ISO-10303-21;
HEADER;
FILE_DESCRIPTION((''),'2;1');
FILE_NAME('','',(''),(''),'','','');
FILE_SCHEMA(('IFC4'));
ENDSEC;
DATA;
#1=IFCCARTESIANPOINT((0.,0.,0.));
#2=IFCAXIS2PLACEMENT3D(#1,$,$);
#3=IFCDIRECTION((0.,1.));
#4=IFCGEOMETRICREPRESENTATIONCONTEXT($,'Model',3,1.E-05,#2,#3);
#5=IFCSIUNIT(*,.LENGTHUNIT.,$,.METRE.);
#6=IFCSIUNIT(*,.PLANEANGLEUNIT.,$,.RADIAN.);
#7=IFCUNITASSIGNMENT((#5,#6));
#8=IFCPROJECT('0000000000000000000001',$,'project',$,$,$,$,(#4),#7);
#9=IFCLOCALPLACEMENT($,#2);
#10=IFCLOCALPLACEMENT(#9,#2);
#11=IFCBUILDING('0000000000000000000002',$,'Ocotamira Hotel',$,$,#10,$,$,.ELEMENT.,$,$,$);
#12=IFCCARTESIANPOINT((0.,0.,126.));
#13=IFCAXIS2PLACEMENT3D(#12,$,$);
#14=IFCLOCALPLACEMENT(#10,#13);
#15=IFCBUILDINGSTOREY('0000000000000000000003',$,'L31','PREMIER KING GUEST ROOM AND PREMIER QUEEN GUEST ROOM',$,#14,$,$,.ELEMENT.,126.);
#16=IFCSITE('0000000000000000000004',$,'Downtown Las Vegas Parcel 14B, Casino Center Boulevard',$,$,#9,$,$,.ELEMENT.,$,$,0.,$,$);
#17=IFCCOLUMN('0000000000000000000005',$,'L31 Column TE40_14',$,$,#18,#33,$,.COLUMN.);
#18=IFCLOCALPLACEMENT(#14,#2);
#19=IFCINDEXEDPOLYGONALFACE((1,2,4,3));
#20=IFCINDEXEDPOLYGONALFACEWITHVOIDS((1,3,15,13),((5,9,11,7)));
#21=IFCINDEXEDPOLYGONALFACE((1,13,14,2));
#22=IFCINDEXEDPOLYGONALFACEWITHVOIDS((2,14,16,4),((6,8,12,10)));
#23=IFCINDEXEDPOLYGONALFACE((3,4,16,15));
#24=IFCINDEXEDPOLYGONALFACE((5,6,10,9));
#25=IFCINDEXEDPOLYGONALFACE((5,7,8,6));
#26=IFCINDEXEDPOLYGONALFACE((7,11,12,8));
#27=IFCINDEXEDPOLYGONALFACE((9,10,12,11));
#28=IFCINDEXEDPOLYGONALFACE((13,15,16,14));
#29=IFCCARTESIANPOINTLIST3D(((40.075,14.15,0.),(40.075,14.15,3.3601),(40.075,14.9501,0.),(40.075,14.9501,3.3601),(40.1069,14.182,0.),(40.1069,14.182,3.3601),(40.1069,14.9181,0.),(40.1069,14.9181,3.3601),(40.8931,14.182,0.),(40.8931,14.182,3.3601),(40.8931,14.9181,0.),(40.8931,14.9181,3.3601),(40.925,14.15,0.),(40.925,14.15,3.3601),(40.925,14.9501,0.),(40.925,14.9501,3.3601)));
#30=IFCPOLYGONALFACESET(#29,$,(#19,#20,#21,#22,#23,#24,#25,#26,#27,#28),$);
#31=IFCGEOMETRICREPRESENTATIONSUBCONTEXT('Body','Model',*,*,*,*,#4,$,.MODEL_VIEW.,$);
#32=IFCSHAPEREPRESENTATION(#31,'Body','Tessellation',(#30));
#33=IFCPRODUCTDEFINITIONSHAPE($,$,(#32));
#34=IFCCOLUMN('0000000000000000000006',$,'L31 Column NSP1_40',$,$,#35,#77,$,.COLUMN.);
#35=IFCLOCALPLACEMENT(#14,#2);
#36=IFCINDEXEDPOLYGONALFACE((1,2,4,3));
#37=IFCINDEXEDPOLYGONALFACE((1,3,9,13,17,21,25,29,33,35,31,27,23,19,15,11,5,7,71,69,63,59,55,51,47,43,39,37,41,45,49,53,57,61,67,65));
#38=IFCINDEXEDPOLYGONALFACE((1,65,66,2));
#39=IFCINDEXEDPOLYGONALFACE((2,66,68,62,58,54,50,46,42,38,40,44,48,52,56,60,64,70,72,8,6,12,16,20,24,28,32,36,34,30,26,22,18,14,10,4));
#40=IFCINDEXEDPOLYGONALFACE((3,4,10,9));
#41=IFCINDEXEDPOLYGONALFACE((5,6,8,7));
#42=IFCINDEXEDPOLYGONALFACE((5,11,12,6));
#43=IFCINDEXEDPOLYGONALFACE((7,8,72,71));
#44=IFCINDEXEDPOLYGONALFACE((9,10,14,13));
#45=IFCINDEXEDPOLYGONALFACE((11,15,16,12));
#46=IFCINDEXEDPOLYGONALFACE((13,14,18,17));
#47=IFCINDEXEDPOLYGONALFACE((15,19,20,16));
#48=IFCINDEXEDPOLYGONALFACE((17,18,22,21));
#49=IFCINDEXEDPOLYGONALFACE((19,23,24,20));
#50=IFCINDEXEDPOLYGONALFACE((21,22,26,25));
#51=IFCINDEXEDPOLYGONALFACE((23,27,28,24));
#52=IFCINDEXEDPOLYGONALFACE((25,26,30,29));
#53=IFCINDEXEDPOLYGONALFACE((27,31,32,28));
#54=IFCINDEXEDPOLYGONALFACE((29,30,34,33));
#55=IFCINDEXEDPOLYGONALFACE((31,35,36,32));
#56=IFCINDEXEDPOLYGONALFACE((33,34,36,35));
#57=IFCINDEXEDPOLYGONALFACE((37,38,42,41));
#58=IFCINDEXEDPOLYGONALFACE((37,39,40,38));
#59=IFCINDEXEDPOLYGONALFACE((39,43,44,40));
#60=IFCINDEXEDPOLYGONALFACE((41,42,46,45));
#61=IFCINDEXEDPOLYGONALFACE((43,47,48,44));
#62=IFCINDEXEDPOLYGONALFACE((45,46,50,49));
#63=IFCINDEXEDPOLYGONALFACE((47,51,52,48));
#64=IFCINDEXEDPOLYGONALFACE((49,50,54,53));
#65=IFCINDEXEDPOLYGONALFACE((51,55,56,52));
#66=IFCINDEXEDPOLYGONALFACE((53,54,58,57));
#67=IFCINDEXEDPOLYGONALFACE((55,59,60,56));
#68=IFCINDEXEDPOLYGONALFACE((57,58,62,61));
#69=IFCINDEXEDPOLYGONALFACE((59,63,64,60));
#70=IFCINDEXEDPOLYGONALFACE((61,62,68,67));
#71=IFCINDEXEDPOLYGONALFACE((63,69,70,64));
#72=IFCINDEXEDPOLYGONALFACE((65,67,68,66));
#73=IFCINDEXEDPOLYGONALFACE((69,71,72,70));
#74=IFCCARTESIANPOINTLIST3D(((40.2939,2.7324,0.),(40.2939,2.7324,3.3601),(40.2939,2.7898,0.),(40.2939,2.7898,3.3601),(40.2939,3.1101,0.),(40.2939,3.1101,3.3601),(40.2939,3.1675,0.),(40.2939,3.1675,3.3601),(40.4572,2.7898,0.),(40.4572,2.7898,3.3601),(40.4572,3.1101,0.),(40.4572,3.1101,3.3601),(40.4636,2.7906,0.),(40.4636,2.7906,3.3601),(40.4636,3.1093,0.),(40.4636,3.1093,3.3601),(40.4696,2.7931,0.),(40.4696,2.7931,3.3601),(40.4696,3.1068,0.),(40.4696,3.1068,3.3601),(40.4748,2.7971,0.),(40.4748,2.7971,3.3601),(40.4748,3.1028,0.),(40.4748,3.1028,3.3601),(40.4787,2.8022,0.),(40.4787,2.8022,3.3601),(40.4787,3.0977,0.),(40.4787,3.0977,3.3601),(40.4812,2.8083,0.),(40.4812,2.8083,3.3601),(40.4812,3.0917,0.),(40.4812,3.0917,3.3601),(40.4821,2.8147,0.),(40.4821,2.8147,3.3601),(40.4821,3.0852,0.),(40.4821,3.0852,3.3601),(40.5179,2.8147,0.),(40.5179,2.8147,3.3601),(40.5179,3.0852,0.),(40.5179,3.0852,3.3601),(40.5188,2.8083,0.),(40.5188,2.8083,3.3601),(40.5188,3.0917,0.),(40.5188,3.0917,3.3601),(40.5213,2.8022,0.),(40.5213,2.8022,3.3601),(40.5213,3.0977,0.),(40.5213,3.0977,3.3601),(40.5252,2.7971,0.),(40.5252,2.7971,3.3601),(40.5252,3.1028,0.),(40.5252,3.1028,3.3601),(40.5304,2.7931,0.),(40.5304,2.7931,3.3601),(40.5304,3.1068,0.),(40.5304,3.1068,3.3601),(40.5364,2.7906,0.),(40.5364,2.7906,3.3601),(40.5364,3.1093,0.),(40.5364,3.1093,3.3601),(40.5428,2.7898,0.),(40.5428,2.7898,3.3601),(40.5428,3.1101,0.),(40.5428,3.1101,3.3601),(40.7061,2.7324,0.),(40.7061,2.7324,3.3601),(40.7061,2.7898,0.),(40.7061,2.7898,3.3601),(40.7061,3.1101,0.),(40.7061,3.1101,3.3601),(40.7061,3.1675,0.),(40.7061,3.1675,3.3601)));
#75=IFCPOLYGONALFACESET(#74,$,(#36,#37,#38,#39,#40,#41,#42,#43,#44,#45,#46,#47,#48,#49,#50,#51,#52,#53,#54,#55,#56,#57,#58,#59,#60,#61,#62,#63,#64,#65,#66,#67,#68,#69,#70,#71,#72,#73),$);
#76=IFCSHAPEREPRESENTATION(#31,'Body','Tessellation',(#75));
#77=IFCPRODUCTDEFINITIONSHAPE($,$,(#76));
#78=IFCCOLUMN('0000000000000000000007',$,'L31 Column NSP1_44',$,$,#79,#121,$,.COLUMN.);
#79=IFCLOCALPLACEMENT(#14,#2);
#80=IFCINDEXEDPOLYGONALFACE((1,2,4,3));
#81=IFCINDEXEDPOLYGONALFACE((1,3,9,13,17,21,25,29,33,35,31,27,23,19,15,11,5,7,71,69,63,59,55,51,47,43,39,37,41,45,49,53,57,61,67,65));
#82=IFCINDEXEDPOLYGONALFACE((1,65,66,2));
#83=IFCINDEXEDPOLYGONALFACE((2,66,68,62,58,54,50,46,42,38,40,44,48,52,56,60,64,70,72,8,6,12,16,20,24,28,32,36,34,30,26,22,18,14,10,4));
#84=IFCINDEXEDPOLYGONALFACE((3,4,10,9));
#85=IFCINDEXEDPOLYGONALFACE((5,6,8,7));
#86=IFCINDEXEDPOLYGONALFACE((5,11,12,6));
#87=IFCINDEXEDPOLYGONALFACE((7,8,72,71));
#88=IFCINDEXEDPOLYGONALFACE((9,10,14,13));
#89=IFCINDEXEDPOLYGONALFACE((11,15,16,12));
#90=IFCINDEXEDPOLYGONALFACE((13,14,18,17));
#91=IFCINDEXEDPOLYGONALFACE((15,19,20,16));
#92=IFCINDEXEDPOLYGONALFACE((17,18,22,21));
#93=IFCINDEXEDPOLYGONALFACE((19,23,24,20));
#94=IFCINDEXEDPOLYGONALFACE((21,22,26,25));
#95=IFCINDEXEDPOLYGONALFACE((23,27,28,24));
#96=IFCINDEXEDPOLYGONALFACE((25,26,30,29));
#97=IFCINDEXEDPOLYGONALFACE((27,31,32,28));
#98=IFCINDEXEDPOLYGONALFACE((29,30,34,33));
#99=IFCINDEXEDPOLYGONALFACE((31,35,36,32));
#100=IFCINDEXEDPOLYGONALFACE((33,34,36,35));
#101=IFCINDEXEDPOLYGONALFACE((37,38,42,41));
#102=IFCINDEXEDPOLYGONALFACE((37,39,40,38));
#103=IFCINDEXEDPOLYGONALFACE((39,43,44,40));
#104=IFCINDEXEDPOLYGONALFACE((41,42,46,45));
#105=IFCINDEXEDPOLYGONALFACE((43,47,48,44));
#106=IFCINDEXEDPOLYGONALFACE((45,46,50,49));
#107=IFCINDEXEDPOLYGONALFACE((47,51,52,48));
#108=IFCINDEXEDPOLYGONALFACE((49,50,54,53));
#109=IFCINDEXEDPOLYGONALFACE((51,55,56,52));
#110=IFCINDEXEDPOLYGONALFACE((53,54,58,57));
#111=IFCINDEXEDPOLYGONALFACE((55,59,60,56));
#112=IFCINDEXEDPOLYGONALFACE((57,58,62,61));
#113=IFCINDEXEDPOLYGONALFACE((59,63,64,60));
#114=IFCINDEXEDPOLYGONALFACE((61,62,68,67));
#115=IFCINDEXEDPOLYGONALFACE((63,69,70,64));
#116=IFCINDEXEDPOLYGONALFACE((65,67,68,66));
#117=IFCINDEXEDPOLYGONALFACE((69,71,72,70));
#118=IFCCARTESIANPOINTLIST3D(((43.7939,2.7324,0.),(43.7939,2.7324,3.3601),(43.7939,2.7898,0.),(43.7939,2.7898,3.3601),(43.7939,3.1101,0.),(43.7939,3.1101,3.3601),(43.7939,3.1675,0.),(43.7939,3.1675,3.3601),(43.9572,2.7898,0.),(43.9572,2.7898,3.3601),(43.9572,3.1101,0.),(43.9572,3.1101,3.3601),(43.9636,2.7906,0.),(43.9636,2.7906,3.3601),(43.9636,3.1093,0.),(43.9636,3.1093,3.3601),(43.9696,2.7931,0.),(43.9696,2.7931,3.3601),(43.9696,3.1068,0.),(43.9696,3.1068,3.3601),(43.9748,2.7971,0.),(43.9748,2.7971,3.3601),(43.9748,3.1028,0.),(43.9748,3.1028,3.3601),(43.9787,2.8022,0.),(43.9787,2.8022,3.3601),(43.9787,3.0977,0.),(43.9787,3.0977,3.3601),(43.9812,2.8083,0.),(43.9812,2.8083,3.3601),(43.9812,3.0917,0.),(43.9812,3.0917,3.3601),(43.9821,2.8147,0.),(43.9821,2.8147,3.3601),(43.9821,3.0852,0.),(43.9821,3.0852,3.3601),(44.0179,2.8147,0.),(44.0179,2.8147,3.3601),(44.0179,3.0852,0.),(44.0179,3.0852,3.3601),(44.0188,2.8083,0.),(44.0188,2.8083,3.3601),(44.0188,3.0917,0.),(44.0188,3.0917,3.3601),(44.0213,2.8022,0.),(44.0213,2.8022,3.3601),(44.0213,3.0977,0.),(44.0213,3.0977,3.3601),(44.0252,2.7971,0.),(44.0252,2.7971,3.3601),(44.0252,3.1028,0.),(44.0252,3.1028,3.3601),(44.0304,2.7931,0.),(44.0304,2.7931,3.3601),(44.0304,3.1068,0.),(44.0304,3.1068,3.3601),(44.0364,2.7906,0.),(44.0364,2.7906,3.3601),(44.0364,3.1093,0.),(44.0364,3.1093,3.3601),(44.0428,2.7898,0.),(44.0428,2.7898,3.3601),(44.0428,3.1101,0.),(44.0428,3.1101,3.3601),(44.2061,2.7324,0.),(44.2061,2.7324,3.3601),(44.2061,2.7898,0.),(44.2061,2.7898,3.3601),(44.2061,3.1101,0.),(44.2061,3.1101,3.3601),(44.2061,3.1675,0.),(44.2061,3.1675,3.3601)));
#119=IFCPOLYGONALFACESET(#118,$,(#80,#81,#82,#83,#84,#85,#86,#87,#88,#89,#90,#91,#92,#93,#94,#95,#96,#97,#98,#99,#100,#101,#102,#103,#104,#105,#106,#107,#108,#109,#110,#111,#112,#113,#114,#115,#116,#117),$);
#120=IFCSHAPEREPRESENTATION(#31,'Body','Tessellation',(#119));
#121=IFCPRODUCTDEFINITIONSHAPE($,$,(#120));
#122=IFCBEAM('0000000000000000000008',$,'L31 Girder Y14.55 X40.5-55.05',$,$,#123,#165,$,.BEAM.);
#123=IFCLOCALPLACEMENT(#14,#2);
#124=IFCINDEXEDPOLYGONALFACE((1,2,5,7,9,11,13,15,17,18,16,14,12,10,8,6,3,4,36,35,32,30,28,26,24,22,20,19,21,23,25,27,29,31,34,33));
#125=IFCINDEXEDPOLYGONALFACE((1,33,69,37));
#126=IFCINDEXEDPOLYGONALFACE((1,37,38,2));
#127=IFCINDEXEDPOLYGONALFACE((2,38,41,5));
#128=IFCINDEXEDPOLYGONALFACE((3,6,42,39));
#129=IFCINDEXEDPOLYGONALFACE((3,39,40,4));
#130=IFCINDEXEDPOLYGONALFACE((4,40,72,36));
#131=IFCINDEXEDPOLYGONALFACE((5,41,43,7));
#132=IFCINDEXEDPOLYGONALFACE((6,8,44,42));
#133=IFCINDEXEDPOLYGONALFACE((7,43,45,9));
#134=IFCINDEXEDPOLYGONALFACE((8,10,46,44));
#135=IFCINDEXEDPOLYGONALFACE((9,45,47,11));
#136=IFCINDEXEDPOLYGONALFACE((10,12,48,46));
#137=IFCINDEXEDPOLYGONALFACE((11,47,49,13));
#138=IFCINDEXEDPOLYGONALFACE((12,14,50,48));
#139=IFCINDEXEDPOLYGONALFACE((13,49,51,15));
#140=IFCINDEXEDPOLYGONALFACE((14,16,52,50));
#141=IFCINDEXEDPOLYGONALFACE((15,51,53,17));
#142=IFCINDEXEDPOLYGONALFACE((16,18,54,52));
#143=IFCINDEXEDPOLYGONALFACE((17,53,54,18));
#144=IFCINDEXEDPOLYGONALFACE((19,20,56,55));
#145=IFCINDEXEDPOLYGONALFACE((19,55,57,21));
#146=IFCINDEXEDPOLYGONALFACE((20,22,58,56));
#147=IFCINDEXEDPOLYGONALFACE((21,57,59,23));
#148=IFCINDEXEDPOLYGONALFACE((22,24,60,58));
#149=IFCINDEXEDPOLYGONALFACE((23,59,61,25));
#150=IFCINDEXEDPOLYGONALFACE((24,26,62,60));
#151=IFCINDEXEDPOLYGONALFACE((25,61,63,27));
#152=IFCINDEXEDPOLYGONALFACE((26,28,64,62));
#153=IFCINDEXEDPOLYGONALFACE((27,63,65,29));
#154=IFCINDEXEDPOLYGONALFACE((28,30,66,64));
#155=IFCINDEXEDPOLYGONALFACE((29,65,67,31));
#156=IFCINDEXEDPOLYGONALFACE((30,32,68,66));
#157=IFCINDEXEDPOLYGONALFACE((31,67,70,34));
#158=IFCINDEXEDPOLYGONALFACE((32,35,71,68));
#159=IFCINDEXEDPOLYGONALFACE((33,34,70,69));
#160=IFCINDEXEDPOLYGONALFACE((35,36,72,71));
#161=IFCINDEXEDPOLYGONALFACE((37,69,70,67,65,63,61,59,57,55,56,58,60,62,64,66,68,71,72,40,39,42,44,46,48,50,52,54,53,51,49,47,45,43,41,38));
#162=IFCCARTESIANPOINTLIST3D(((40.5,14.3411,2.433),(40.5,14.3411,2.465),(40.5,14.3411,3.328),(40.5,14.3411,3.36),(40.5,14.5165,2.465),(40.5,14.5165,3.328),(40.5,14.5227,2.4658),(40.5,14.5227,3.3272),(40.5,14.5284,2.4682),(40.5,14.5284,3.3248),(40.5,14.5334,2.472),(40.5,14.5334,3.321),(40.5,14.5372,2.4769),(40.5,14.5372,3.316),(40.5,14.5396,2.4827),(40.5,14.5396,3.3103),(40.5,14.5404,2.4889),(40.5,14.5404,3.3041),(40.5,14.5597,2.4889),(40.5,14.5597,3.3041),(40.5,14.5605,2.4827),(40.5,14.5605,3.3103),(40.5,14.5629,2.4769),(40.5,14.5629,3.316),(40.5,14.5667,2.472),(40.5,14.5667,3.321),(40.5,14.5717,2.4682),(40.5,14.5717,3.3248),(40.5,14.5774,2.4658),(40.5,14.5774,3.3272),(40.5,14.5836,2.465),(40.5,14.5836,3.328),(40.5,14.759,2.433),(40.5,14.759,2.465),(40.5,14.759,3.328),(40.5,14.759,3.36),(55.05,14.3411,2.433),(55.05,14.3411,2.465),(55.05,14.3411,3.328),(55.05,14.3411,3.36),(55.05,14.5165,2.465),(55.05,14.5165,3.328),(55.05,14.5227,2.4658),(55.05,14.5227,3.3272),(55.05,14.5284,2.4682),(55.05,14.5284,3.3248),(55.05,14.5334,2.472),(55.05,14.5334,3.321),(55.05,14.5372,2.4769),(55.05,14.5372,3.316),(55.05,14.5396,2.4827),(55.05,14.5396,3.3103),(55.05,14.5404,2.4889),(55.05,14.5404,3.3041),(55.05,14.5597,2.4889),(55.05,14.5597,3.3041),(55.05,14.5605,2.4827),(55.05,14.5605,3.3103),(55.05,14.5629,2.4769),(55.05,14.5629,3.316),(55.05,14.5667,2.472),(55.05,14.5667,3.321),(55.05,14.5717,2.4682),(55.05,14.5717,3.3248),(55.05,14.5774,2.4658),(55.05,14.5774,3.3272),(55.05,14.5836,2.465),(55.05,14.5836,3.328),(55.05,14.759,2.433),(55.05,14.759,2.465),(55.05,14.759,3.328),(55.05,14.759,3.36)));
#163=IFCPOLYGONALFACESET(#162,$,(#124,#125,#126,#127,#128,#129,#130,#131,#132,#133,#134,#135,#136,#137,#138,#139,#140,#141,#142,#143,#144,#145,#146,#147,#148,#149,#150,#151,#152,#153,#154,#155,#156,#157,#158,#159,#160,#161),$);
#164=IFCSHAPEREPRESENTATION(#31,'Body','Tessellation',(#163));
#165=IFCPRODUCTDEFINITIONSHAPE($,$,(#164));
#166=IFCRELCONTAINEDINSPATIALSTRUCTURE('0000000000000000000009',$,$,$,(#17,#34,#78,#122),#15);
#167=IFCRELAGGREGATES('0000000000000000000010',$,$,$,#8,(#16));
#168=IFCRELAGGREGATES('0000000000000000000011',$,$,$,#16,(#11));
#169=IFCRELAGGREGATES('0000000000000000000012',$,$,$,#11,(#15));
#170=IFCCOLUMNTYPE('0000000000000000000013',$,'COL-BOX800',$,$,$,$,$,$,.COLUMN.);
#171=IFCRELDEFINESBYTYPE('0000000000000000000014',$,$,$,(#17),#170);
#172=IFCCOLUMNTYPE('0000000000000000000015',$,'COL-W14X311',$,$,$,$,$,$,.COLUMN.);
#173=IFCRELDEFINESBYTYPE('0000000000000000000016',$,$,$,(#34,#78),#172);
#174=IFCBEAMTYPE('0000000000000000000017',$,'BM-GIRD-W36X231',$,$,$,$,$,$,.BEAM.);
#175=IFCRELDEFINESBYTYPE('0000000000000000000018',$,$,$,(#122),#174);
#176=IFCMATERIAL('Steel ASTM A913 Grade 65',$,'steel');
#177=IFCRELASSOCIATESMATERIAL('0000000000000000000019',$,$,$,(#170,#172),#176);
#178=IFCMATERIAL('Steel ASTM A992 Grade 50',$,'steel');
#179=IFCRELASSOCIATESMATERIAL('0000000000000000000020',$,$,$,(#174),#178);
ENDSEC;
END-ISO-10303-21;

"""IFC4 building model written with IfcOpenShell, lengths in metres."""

from ifc_helpers import new_model, si_unit, direction, frame, origin, origin_2d, place, context, subcontext, project, spatial, hollow_rectangle, i_section, extrude, source, transform, mapped, material, material_profile, profile_set, type_object, element, save


model = new_model("IFC4")

# Units and contexts
model_context = context("Model", 3, precision=1e-05, world=origin(), true_north=direction((0.0, 1.0)))
body_context = subcontext(model_context, "Body", "Model", "MODEL_VIEW")
ifc_project = project(units=[si_unit("LENGTHUNIT", "METRE"), si_unit("PLANEANGLEUNIT", "RADIAN")], contexts=[model_context])

# Site, building, storey
site_placement = place(None, origin())
site = spatial("IfcSite", under=ifc_project, at=site_placement, Name="Downtown Las Vegas Parcel 14B, Casino Center Boulevard", CompositionType="ELEMENT", RefElevation=0.0)
building_placement = place(site_placement, origin())
building = spatial("IfcBuilding", under=site, at=building_placement, Name="Ocotamira Hotel", CompositionType="ELEMENT")
storey_placement = place(building_placement, frame((0.0, 0.0, 126.0)))
storey = spatial("IfcBuildingStorey", under=building, at=storey_placement, Name="L31", Description="PREMIER KING GUEST ROOM AND PREMIER QUEEN GUEST ROOM", CompositionType="ELEMENT", Elevation=126.0)

# Columns
ifc_material_1 = material(Name="Steel ASTM A913 Grade 65", Category="steel")
ifc_material_profile_1 = material_profile(ifc_material_1, hollow_rectangle(XDim=0.8501, YDim=0.8, WallThickness=0.032, at=origin_2d()), Name="BOX800X850X32")
ifc_profile_set_1 = profile_set([ifc_material_profile_1], Name="Steel ASTM A913 Grade 65")
column_type_1 = type_object("IfcColumnType", Name="COL-BOX800", PredefinedType="COLUMN", material=ifc_profile_set_1)
shared_shape_1 = source(origin(), body_context, "Body", "SweptSolid", [
    extrude(hollow_rectangle(XDim=0.8501, YDim=0.8, WallThickness=0.032, at=origin_2d()), origin(), (0.0, 0.0, 1.0), 3.3601),
])
column_placement = place(storey_placement, frame((40.5, 14.55, 0.0), z_axis=(0.0, 0.0, 1.0), x_axis=(1.0, 0.0, 0.0)))
element("IfcColumn", 1, at=column_placement, inside=storey, type_object=column_type_1, Name="L31 Column TE40_14", PredefinedType="COLUMN", context=body_context, shape_type="MappedRepresentation", body=[
    mapped(shared_shape_1, transform((0.0, 0.0, 0.0), scale=1.0)),
])
ifc_material_profile_2 = material_profile(ifc_material_1, i_section(OverallWidth=0.4121, OverallDepth=0.4351, WebThickness=0.0359, FlangeThickness=0.0574, FilletRadius=0.0249, at=origin_2d()), Name="W14X311")
ifc_profile_set_2 = profile_set([ifc_material_profile_2], Name="Steel ASTM A913 Grade 65")
column_type_2 = type_object("IfcColumnType", Name="COL-W14X311", PredefinedType="COLUMN", material=ifc_profile_set_2)
shared_shape_2 = source(origin(), body_context, "Body", "SweptSolid", [
    extrude(i_section(OverallWidth=0.4121, OverallDepth=0.4351, WebThickness=0.0359, FlangeThickness=0.0574, FilletRadius=0.0249, at=origin_2d()), origin(), (0.0, 0.0, 1.0), 3.3601),
])
for number, where, z_axis, x_axis, name in (
    (2, (40.5, 2.95, 0.0), (0.0, 0.0, 1.0), (1.0, 0.0, 0.0), "L31 Column NSP1_40"),
    (3, (44.0, 2.95, 0.0), (0.0, 0.0, 1.0), (1.0, 0.0, 0.0), "L31 Column NSP1_44"),
):
    element("IfcColumn", number, at=place(storey_placement, frame(where, z_axis=z_axis, x_axis=x_axis)), inside=storey, type_object=column_type_2, Name=name, PredefinedType="COLUMN", context=body_context, shape_type="MappedRepresentation", body=[
        mapped(shared_shape_2, transform((0.0, 0.0, 0.0), scale=1.0)),
    ])

# Beam
ifc_material_2 = material(Name="Steel ASTM A992 Grade 50", Category="steel")
ifc_material_profile_3 = material_profile(ifc_material_2, i_section(OverallWidth=0.418, OverallDepth=0.927, WebThickness=0.0193, FlangeThickness=0.032, FilletRadius=0.0239, at=origin_2d()), Name="W36X231")
ifc_profile_set_3 = profile_set([ifc_material_profile_3], Name="Steel ASTM A992 Grade 50")
beam_type_1 = type_object("IfcBeamType", Name="BM-GIRD-W36X231", PredefinedType="BEAM", material=ifc_profile_set_3)
shared_shape_3 = source(origin(), body_context, "Body", "SweptSolid", [
    extrude(i_section(OverallWidth=0.418, OverallDepth=0.927, WebThickness=0.0193, FlangeThickness=0.032, FilletRadius=0.0239, at=origin_2d()), origin(), (0.0, 0.0, 1.0), 14.55),
])
beam_1_placement = place(storey_placement, frame((40.5, 14.55, 2.8965), z_axis=(1.0, 0.0, 0.0), x_axis=(0.0, 1.0, 0.0)))
element("IfcBeam", 4, at=beam_1_placement, inside=storey, type_object=beam_type_1, Name="L31 Girder Y14.55 X40.5-55.05", PredefinedType="BEAM", context=body_context, shape_type="MappedRepresentation", body=[
    mapped(shared_shape_3, transform((0.0, 0.0, 0.0), scale=1.0)),
])

save(model, "model.ifc")
